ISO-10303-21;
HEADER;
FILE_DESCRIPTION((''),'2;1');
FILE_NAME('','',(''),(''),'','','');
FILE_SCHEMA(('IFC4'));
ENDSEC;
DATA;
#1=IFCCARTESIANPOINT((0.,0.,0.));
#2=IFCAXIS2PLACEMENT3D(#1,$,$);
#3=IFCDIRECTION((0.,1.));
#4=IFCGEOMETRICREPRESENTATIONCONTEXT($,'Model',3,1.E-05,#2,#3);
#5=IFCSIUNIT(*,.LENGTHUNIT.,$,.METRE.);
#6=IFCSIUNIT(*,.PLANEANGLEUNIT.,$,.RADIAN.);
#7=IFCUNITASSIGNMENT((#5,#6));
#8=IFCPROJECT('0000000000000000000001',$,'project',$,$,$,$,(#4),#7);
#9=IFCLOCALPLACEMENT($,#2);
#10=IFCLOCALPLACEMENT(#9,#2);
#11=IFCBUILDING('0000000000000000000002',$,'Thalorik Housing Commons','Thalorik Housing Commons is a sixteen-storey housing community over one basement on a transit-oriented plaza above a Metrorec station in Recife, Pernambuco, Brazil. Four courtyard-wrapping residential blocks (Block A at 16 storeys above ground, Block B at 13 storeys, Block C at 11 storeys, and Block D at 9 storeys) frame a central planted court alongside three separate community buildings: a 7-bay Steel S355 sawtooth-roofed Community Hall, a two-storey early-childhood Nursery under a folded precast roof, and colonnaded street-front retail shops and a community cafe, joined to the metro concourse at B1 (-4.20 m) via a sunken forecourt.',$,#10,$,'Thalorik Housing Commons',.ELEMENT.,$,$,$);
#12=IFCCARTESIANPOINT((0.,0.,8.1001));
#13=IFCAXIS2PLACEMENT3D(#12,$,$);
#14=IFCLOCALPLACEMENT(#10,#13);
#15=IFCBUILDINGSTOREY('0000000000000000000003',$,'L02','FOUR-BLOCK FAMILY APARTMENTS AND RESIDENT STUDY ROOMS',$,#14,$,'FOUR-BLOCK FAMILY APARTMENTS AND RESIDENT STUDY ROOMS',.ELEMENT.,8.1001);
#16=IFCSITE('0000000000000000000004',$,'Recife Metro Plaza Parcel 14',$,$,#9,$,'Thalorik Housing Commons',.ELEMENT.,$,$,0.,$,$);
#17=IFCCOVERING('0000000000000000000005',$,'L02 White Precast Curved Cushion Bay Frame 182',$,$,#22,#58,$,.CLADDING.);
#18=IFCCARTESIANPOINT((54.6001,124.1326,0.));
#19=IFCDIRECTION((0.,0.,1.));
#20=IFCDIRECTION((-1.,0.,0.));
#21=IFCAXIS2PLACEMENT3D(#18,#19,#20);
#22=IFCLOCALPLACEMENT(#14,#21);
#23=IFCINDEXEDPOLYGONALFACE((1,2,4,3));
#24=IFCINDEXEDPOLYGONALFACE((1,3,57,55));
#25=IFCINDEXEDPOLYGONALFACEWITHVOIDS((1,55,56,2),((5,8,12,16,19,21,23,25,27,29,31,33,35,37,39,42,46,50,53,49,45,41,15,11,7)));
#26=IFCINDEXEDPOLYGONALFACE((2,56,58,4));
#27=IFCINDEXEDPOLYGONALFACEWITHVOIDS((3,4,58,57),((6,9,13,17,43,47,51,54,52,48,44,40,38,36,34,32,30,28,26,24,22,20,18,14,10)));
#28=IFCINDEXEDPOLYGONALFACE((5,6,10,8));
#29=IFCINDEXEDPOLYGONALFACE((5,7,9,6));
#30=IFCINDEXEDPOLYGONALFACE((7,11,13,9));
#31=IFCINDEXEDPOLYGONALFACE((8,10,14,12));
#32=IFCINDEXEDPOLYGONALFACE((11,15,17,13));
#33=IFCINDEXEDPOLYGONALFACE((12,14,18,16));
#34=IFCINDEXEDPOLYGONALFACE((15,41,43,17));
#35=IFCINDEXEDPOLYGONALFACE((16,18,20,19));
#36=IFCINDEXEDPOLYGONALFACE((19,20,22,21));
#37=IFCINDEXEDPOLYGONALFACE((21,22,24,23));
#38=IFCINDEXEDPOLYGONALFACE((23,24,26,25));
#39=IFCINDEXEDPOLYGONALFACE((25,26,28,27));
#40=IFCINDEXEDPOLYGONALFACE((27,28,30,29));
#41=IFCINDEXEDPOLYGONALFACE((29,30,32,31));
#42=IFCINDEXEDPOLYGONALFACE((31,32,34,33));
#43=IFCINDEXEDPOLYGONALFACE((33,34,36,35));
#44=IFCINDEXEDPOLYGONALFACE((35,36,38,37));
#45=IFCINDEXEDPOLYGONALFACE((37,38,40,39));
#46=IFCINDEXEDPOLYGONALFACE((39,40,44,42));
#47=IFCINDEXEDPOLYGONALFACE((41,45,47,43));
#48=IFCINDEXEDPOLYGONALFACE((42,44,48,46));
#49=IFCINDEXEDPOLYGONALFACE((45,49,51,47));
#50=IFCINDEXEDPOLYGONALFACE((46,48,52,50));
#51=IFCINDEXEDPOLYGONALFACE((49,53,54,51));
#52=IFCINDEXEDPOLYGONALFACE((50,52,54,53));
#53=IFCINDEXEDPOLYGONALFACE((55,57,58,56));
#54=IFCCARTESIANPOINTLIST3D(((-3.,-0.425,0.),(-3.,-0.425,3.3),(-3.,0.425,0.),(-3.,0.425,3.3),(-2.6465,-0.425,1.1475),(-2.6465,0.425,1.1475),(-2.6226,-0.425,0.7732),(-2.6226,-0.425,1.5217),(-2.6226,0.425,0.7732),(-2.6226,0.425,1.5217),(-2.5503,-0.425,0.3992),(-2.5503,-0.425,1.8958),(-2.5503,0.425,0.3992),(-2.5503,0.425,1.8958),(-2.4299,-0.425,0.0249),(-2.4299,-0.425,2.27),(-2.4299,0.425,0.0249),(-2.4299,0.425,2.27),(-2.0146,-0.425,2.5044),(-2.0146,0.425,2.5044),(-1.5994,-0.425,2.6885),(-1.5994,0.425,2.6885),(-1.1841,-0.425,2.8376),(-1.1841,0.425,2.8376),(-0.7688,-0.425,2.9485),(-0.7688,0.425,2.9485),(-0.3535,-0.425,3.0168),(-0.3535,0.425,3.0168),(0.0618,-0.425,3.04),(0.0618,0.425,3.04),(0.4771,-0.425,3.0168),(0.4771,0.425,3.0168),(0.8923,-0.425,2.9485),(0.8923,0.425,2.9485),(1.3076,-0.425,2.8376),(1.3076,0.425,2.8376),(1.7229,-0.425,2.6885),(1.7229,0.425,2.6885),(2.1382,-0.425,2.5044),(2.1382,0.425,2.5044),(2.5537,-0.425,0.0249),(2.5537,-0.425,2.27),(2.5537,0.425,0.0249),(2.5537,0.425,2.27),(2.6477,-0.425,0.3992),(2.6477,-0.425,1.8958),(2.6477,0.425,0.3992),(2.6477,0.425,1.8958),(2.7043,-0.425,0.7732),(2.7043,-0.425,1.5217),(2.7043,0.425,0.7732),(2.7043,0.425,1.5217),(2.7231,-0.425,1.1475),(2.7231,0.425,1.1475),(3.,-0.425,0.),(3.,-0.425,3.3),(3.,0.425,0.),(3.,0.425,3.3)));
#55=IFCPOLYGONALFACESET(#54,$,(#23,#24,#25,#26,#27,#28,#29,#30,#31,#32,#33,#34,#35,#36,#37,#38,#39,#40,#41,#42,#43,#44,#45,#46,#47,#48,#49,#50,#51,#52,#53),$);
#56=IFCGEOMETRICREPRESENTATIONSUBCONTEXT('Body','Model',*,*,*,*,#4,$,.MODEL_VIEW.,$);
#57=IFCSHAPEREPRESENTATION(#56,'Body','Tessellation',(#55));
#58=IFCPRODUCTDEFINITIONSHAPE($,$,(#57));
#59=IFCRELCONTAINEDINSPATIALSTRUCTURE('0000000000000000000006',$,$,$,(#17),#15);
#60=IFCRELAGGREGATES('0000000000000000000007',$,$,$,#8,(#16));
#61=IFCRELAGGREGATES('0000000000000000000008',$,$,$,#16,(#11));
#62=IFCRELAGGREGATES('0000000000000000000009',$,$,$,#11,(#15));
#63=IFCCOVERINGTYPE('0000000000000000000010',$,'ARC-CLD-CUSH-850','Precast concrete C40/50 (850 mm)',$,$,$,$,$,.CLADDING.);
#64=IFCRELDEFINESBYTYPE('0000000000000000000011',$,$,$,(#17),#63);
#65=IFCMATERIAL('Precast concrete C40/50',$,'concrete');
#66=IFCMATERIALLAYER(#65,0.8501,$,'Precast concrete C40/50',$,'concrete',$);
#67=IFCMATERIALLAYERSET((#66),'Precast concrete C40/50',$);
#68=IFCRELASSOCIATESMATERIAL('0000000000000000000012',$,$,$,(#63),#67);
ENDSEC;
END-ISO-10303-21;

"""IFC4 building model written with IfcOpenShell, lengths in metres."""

from ifc_helpers import new_model, si_unit, direction, frame, origin, place, context, subcontext, project, spatial, polyline, outline, extrude, material, layer, layer_set, type_object, element, save


model = new_model("IFC4")

# Units and contexts
model_context = context("Model", 3, precision=1e-05, world=origin(), true_north=direction((0.0, 1.0)))
body_context = subcontext(model_context, "Body", "Model", "MODEL_VIEW")
ifc_project = project(units=[si_unit("LENGTHUNIT", "METRE"), si_unit("PLANEANGLEUNIT", "RADIAN")], contexts=[model_context])

# Site, building, storey
site_placement = place(None, origin())
site = spatial("IfcSite", under=ifc_project, at=site_placement, Name="Recife Metro Plaza Parcel 14", LongName="Thalorik Housing Commons", CompositionType="ELEMENT", RefElevation=0.0)
building_placement = place(site_placement, origin())
building = spatial("IfcBuilding", under=site, at=building_placement, Name="Thalorik Housing Commons", Description="Thalorik Housing Commons is a sixteen-storey housing community over one basement on a transit-oriented plaza above a Metrorec station in Recife, Pernambuco, Brazil. Four courtyard-wrapping residential blocks (Block A at 16 storeys above ground, Block B at 13 storeys, Block C at 11 storeys, and Block D at 9 storeys) frame a central planted court alongside three separate community buildings: a 7-bay Steel S355 sawtooth-roofed Community Hall, a two-storey early-childhood Nursery under a folded precast roof, and colonnaded street-front retail shops and a community cafe, joined to the metro concourse at B1 (-4.20 m) via a sunken forecourt.", LongName="Thalorik Housing Commons", CompositionType="ELEMENT")
storey_placement = place(building_placement, frame((0.0, 0.0, 8.1001)))
storey = spatial("IfcBuildingStorey", under=building, at=storey_placement, Name="L02", Description="FOUR-BLOCK FAMILY APARTMENTS AND RESIDENT STUDY ROOMS", LongName="FOUR-BLOCK FAMILY APARTMENTS AND RESIDENT STUDY ROOMS", CompositionType="ELEMENT", Elevation=8.1001)

# Shared definitions
ifc_material_1 = material(Name="Precast concrete C40/50", Category="concrete")

# Covering
ifc_layer_1 = layer(ifc_material_1, 0.8501, Name="Precast concrete C40/50", Category="concrete")
ifc_layer_set_1 = layer_set([ifc_layer_1], Name="Precast concrete C40/50")
covering_type_1 = type_object("IfcCoveringType", Name="ARC-CLD-CUSH-850", Description="Precast concrete C40/50 (850 mm)", PredefinedType="CLADDING", material=ifc_layer_set_1)
covering_1_placement = place(storey_placement, frame((54.6001, 124.1326, 0.0), z_axis=(0.0, 0.0, 1.0), x_axis=(-1.0, 0.0, 0.0)))
element("IfcCovering", 1, at=covering_1_placement, inside=storey, type_object=covering_type_1, Name="L02 White Precast Curved Cushion Bay Frame 182", PredefinedType="CLADDING", context=body_context, shape_type="SweptSolid", body=[
    extrude(outline(polyline([(-3.0, 0.0), (3.0, 0.0), (3.0, 3.3), (-3.0, 3.3), (-3.0, 0.0)]), holes=[polyline([(2.5537, 0.0249), (2.6477, 0.3992), (2.7043, 0.7732), (2.7231, 1.1475), (2.7043, 1.5217), (2.6477, 1.8958), (2.5537, 2.27), (2.1382, 2.5044), (1.7229, 2.6885), (1.3076, 2.8376), (0.8923, 2.9485), (0.4771, 3.0168), (0.0618, 3.04), (-0.3535, 3.0168), (-0.7688, 2.9485), (-1.1841, 2.8376), (-1.5994, 2.6885), (-2.0146, 2.5044), (-2.4299, 2.27), (-2.5503, 1.8958), (-2.6226, 1.5217), (-2.6465, 1.1475), (-2.6226, 0.7732), (-2.5503, 0.3992), (-2.4299, 0.0249), (2.5537, 0.0249)])]), frame((0.0, 0.425, 0.0), z_axis=(0.0, -1.0, 0.0), x_axis=(1.0, 0.0, 0.0)), (0.0, 0.0, 1.0), 0.8501),
])

save(model, "model.ifc")
